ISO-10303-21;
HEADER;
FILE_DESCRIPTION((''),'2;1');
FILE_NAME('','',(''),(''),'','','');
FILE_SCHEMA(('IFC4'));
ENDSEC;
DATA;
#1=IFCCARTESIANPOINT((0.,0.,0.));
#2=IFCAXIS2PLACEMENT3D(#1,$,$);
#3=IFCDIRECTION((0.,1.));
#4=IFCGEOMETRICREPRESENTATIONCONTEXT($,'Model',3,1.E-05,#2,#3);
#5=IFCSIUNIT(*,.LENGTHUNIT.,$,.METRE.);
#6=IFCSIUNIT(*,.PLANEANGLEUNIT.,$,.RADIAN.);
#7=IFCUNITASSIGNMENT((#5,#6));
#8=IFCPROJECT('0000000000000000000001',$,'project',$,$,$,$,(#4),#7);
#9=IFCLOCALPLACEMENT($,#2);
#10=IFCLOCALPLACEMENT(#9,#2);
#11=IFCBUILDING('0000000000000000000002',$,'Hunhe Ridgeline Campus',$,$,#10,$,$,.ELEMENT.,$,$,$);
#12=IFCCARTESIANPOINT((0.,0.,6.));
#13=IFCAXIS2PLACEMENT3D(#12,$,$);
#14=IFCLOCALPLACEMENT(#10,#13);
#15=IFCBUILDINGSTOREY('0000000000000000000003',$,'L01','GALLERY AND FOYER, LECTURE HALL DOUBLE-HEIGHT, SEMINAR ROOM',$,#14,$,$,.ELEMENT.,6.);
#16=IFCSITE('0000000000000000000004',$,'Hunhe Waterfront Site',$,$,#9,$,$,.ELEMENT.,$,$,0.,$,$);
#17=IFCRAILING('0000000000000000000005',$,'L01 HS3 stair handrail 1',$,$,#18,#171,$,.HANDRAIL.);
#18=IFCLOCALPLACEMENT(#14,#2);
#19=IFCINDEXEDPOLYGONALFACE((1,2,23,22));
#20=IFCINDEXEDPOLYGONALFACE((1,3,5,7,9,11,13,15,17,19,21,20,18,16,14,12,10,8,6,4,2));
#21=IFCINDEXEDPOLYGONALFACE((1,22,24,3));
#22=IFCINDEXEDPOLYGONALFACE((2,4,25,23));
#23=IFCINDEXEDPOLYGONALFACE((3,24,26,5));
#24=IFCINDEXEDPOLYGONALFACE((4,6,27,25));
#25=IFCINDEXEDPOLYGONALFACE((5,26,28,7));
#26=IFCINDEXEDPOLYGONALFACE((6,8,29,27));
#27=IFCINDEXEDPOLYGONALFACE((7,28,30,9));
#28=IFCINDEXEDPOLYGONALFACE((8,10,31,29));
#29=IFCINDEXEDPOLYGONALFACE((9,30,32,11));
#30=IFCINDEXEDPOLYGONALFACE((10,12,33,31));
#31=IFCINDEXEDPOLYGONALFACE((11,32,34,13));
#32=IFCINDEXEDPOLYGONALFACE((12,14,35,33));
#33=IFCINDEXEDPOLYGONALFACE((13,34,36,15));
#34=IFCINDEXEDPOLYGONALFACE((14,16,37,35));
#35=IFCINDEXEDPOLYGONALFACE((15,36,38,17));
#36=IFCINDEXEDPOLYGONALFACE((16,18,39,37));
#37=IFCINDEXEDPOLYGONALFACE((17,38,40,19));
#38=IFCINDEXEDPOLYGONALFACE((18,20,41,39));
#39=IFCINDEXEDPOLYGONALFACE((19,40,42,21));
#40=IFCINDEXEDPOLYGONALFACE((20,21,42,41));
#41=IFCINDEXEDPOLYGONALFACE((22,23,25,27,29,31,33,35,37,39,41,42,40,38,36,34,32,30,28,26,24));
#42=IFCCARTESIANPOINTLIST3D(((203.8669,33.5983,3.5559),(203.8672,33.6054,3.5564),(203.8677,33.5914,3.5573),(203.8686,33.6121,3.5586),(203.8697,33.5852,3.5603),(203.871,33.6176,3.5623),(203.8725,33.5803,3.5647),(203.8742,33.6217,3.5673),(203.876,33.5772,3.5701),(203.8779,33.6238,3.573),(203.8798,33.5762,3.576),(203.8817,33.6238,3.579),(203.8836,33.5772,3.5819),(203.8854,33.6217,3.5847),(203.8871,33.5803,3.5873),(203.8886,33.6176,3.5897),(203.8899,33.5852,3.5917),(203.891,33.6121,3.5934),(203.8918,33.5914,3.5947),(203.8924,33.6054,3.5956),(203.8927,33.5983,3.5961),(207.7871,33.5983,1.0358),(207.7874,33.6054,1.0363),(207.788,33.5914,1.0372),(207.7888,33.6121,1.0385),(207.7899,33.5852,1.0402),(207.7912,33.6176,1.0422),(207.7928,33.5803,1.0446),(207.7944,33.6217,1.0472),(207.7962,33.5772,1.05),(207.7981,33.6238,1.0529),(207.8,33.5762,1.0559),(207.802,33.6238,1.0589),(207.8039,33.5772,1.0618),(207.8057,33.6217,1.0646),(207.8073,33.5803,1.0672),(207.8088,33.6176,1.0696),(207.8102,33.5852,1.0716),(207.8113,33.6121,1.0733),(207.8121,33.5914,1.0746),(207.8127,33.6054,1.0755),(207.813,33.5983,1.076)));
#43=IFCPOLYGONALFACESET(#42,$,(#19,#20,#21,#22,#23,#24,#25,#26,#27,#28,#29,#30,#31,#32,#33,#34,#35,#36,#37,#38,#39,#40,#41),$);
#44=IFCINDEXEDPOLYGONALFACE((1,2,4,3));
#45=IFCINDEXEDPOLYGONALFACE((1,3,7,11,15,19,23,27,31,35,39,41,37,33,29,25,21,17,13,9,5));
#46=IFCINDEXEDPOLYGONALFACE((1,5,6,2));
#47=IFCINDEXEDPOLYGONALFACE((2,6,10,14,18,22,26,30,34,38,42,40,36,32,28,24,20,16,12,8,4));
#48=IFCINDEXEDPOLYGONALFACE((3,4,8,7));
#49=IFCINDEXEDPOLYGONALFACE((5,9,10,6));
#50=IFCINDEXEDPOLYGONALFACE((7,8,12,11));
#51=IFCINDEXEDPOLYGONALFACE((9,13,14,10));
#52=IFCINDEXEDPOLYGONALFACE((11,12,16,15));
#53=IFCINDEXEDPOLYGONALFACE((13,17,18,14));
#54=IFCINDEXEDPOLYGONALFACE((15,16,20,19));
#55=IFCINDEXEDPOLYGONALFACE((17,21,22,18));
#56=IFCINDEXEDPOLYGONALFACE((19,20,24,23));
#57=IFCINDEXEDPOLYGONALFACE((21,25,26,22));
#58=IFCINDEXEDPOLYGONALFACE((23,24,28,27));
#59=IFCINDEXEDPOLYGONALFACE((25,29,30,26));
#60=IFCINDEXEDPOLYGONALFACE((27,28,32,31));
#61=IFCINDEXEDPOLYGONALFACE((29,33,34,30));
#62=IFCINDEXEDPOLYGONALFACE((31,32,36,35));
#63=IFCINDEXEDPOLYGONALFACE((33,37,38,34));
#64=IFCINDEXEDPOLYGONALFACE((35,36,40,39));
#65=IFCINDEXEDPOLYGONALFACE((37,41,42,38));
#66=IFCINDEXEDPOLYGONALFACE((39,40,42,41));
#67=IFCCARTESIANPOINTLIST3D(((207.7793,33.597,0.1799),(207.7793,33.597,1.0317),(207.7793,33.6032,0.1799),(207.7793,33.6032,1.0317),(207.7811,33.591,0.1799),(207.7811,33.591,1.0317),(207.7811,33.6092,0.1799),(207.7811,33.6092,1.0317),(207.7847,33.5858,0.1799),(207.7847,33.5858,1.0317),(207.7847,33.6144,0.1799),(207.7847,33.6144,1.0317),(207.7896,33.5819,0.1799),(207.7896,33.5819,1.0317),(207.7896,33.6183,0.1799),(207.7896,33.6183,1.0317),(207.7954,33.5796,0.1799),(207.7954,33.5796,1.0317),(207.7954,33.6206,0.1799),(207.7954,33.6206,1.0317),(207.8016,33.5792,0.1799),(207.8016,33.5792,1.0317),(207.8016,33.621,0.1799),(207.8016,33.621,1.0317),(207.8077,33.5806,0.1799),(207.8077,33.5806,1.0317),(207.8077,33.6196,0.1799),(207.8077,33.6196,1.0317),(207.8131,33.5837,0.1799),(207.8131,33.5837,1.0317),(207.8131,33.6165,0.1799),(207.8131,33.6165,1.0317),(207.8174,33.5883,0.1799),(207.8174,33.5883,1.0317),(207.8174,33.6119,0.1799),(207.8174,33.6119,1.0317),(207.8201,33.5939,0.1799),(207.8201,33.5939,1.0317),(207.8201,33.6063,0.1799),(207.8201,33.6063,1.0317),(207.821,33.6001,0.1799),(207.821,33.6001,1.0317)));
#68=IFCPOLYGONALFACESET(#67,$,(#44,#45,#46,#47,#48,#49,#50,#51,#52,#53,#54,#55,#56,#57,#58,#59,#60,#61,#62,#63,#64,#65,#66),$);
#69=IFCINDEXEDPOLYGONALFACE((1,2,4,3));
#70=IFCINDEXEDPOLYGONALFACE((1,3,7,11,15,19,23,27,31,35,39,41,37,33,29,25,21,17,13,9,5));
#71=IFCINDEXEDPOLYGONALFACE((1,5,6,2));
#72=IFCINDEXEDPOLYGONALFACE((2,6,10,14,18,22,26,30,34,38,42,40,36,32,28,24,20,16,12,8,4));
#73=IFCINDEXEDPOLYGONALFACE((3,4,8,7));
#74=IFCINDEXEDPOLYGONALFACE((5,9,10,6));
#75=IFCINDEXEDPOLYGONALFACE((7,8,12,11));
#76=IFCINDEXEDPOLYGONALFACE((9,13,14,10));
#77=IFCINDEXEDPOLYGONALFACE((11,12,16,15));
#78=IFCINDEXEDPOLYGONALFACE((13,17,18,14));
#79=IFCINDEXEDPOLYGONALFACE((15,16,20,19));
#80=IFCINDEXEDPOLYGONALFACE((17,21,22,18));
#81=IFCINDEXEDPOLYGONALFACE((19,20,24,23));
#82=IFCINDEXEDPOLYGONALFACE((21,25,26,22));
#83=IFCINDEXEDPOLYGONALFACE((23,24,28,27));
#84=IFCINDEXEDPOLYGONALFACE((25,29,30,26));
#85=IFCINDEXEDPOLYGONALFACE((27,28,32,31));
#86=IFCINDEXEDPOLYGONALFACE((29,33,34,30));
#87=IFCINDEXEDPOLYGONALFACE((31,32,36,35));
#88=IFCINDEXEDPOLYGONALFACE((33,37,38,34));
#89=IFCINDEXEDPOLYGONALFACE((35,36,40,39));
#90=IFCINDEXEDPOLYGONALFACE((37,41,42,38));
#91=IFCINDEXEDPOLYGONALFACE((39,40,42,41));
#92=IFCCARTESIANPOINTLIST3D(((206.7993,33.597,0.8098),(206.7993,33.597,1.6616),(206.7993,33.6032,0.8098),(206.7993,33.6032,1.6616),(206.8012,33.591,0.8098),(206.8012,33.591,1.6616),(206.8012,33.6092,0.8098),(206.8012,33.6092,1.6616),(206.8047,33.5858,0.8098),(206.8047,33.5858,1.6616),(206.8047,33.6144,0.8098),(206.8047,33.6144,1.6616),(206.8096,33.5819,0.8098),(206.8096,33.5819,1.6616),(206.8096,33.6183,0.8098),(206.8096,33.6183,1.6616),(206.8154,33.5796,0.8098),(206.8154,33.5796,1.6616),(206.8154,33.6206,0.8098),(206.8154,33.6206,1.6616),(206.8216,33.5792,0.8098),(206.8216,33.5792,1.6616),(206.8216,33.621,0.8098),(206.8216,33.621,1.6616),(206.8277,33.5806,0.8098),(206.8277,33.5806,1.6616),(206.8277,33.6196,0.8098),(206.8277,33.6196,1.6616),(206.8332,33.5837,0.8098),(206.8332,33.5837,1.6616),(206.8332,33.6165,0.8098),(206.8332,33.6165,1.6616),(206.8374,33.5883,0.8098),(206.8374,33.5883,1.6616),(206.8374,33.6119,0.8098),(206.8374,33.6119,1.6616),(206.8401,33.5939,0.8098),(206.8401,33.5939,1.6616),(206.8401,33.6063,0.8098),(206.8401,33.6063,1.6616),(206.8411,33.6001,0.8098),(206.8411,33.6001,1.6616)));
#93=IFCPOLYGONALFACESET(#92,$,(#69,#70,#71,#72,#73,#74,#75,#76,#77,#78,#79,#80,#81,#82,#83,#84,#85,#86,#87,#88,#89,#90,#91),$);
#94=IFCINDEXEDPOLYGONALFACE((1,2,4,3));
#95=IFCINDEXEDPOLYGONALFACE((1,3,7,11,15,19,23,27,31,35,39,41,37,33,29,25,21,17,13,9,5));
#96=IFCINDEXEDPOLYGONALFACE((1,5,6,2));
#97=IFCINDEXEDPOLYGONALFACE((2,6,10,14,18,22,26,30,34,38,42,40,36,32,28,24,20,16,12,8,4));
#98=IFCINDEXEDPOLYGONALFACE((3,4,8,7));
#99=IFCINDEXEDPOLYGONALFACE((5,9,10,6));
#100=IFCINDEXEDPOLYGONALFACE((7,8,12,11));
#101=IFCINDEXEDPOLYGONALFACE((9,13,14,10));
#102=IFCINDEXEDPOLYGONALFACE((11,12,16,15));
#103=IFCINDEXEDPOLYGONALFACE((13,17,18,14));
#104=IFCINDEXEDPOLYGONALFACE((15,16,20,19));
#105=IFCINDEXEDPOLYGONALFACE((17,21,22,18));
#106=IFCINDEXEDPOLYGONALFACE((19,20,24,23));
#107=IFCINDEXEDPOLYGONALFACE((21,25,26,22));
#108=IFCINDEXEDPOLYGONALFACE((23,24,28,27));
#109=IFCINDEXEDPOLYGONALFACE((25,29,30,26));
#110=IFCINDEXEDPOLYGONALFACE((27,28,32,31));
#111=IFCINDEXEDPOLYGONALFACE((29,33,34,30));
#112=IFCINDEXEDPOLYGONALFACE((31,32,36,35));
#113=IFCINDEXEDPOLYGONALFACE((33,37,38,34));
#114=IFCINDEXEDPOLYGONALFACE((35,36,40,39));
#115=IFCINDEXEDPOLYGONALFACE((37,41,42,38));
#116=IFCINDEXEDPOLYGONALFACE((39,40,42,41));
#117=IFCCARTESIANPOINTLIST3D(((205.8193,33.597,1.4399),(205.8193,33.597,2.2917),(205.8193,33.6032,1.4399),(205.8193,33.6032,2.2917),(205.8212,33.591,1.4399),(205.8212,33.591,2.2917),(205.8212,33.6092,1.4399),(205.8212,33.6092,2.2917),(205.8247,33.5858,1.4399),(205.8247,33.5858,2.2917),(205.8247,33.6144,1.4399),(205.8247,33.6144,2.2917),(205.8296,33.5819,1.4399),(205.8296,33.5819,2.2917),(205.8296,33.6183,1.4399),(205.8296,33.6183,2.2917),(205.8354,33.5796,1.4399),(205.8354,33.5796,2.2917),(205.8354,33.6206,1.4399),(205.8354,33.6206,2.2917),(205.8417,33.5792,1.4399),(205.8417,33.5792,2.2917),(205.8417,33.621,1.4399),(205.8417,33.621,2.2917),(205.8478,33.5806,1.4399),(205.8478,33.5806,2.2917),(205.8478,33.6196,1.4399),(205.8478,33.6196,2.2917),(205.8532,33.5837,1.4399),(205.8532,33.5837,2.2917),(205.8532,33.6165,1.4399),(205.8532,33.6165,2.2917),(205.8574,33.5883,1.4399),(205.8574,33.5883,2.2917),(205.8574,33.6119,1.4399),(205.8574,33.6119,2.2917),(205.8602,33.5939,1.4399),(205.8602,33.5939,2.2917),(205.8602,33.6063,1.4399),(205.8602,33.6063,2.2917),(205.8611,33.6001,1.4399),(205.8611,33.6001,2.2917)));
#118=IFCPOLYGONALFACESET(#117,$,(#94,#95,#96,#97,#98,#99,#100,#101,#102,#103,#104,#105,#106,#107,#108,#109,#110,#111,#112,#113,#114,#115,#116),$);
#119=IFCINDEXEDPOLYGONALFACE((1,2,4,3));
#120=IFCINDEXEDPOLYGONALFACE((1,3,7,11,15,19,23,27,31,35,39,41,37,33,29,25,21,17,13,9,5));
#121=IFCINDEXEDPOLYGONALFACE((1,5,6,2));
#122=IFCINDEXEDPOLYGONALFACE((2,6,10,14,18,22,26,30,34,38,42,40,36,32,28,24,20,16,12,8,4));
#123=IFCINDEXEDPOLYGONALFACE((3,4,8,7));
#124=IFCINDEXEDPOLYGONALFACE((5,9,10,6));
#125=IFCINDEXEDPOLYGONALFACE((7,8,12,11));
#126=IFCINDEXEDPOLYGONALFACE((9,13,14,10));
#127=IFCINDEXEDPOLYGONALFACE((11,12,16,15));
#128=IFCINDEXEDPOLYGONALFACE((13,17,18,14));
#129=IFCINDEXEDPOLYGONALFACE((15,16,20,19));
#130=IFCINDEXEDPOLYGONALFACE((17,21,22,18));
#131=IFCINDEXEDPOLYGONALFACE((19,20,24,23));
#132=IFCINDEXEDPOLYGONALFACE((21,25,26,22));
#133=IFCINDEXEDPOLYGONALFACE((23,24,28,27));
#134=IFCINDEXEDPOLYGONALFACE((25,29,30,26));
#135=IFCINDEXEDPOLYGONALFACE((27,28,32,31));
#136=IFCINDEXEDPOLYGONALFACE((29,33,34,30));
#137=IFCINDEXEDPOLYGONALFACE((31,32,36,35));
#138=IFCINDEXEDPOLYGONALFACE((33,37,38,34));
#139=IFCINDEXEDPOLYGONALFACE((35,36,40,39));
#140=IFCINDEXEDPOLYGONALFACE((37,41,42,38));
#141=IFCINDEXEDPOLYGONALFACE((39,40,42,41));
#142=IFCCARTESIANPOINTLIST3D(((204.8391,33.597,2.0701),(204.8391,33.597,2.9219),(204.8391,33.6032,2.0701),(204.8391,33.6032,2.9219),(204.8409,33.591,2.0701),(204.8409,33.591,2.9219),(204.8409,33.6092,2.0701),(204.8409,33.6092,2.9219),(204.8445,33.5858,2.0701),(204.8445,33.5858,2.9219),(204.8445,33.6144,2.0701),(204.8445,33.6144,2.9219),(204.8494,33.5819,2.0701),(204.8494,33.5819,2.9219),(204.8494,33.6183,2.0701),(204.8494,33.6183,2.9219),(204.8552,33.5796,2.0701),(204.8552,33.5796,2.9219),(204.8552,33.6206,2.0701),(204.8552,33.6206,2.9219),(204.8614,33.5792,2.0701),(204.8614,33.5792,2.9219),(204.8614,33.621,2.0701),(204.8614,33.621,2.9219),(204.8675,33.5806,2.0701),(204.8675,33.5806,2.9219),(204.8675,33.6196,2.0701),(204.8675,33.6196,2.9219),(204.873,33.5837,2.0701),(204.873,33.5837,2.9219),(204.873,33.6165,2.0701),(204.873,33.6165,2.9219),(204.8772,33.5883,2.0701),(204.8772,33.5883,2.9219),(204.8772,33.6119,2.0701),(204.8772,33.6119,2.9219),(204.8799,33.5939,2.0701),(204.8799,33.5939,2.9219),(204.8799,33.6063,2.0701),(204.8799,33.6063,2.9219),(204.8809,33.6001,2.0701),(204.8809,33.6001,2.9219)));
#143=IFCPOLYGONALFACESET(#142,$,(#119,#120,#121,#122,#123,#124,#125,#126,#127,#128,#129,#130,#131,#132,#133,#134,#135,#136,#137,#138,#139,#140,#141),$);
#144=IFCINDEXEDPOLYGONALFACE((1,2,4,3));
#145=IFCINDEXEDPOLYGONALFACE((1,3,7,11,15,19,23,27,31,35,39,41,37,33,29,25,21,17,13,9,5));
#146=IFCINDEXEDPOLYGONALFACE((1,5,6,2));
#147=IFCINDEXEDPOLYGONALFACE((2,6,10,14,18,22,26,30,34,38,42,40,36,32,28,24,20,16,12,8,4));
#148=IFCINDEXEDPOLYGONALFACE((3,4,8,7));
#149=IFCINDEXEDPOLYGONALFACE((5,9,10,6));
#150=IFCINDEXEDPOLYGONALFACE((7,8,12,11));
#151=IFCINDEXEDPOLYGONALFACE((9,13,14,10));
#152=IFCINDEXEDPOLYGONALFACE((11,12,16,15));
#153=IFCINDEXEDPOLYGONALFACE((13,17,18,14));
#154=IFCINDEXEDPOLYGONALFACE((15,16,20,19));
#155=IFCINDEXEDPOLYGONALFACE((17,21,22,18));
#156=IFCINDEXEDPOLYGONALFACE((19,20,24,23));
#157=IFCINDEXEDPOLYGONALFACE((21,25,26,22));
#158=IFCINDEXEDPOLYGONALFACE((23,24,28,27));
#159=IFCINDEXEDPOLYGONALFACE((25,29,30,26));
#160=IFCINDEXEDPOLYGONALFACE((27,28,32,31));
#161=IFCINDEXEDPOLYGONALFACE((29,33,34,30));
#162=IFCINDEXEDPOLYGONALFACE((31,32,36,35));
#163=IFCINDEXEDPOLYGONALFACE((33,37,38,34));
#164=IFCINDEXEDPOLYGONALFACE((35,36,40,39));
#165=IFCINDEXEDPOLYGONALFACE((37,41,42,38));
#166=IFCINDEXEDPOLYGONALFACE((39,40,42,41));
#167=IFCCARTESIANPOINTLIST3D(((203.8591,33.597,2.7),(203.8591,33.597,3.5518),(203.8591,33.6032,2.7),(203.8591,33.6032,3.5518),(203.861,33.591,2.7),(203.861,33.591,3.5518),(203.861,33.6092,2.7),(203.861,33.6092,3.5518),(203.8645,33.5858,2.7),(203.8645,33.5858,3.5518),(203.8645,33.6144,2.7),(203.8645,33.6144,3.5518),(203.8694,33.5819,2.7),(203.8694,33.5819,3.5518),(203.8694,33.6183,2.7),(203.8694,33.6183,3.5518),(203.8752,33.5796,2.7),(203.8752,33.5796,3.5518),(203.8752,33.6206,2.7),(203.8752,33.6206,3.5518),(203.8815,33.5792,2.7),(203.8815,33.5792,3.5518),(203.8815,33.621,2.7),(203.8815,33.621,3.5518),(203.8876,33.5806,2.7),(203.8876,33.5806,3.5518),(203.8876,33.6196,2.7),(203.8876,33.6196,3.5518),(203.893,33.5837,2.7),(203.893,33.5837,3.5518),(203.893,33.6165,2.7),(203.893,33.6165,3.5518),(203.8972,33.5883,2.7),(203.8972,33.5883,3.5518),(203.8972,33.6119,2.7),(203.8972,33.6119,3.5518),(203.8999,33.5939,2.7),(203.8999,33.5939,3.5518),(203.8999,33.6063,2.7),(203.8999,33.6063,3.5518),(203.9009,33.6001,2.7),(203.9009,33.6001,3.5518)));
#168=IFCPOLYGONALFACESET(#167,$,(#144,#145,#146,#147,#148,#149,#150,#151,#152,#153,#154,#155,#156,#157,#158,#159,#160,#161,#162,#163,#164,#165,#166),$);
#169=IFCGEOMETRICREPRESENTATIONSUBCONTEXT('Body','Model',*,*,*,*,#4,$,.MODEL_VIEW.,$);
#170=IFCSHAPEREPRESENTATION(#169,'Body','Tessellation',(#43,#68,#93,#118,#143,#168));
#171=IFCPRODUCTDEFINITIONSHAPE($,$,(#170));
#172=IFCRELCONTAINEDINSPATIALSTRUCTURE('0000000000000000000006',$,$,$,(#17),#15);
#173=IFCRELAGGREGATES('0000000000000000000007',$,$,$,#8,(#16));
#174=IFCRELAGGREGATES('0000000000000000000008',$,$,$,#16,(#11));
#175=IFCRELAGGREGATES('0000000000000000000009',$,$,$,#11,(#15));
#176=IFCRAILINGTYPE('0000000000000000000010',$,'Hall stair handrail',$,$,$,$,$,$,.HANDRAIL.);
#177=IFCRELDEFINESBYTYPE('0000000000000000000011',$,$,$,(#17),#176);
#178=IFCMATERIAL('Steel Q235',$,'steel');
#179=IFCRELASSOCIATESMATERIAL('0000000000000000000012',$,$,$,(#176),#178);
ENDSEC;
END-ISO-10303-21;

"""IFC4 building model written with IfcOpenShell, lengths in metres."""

from ifc_helpers import new_model, si_unit, direction, frame, origin, origin_2d, place, context, subcontext, project, spatial, circle, extrude, material, type_object, element, save


model = new_model("IFC4")

# Units and contexts
model_context = context("Model", 3, precision=1e-05, world=origin(), true_north=direction((0.0, 1.0)))
body_context = subcontext(model_context, "Body", "Model", "MODEL_VIEW")
ifc_project = project(units=[si_unit("LENGTHUNIT", "METRE"), si_unit("PLANEANGLEUNIT", "RADIAN")], contexts=[model_context])

# Site, building, storey
site_placement = place(None, origin())
site = spatial("IfcSite", under=ifc_project, at=site_placement, Name="Hunhe Waterfront Site", CompositionType="ELEMENT", RefElevation=0.0)
building_placement = place(site_placement, origin())
building = spatial("IfcBuilding", under=site, at=building_placement, Name="Hunhe Ridgeline Campus", CompositionType="ELEMENT")
storey_placement = place(building_placement, frame((0.0, 0.0, 6.0)))
storey = spatial("IfcBuildingStorey", under=building, at=storey_placement, Name="L01", Description="GALLERY AND FOYER, LECTURE HALL DOUBLE-HEIGHT, SEMINAR ROOM", CompositionType="ELEMENT", Elevation=6.0)

# Shared definitions
ifc_material_1 = material(Name="Steel Q235", Category="steel")

# Railing
railing_type_1 = type_object("IfcRailingType", Name="Hall stair handrail", PredefinedType="HANDRAIL", material=ifc_material_1)
railing_1_placement = place(storey_placement, frame((207.8, 33.6001, 0.1799)))
element("IfcRailing", 1, at=railing_1_placement, inside=storey, type_object=railing_type_1, Name="L01 HS3 stair handrail 1", PredefinedType="HANDRAIL", context=body_context, shape_type="SweptSolid", body=[
    extrude(circle(Radius=0.0239, at=origin_2d()), frame((0.0, 0.0, 0.876), z_axis=(-0.841187, 0.0, 0.540744), x_axis=(0.0, -1.0, 0.0)), (0.0, 0.0, 1.0), 4.6604),
    extrude(circle(Radius=0.021, at=origin_2d()), origin(), (0.0, 0.0, 1.0), 0.8518),
    extrude(circle(Radius=0.021, at=origin_2d()), frame((-0.98, 0.0, 0.6299)), (0.0, 0.0, 1.0), 0.8518),
    extrude(circle(Radius=0.021, at=origin_2d()), frame((-1.96, 0.0, 1.26)), (0.0, 0.0, 1.0), 0.8518),
    extrude(circle(Radius=0.021, at=origin_2d()), frame((-2.9402, 0.0, 1.8901)), (0.0, 0.0, 1.0), 0.8518),
    extrude(circle(Radius=0.021, at=origin_2d()), frame((-3.9202, 0.0, 2.52)), (0.0, 0.0, 1.0), 0.8518),
])

save(model, "model.ifc")
